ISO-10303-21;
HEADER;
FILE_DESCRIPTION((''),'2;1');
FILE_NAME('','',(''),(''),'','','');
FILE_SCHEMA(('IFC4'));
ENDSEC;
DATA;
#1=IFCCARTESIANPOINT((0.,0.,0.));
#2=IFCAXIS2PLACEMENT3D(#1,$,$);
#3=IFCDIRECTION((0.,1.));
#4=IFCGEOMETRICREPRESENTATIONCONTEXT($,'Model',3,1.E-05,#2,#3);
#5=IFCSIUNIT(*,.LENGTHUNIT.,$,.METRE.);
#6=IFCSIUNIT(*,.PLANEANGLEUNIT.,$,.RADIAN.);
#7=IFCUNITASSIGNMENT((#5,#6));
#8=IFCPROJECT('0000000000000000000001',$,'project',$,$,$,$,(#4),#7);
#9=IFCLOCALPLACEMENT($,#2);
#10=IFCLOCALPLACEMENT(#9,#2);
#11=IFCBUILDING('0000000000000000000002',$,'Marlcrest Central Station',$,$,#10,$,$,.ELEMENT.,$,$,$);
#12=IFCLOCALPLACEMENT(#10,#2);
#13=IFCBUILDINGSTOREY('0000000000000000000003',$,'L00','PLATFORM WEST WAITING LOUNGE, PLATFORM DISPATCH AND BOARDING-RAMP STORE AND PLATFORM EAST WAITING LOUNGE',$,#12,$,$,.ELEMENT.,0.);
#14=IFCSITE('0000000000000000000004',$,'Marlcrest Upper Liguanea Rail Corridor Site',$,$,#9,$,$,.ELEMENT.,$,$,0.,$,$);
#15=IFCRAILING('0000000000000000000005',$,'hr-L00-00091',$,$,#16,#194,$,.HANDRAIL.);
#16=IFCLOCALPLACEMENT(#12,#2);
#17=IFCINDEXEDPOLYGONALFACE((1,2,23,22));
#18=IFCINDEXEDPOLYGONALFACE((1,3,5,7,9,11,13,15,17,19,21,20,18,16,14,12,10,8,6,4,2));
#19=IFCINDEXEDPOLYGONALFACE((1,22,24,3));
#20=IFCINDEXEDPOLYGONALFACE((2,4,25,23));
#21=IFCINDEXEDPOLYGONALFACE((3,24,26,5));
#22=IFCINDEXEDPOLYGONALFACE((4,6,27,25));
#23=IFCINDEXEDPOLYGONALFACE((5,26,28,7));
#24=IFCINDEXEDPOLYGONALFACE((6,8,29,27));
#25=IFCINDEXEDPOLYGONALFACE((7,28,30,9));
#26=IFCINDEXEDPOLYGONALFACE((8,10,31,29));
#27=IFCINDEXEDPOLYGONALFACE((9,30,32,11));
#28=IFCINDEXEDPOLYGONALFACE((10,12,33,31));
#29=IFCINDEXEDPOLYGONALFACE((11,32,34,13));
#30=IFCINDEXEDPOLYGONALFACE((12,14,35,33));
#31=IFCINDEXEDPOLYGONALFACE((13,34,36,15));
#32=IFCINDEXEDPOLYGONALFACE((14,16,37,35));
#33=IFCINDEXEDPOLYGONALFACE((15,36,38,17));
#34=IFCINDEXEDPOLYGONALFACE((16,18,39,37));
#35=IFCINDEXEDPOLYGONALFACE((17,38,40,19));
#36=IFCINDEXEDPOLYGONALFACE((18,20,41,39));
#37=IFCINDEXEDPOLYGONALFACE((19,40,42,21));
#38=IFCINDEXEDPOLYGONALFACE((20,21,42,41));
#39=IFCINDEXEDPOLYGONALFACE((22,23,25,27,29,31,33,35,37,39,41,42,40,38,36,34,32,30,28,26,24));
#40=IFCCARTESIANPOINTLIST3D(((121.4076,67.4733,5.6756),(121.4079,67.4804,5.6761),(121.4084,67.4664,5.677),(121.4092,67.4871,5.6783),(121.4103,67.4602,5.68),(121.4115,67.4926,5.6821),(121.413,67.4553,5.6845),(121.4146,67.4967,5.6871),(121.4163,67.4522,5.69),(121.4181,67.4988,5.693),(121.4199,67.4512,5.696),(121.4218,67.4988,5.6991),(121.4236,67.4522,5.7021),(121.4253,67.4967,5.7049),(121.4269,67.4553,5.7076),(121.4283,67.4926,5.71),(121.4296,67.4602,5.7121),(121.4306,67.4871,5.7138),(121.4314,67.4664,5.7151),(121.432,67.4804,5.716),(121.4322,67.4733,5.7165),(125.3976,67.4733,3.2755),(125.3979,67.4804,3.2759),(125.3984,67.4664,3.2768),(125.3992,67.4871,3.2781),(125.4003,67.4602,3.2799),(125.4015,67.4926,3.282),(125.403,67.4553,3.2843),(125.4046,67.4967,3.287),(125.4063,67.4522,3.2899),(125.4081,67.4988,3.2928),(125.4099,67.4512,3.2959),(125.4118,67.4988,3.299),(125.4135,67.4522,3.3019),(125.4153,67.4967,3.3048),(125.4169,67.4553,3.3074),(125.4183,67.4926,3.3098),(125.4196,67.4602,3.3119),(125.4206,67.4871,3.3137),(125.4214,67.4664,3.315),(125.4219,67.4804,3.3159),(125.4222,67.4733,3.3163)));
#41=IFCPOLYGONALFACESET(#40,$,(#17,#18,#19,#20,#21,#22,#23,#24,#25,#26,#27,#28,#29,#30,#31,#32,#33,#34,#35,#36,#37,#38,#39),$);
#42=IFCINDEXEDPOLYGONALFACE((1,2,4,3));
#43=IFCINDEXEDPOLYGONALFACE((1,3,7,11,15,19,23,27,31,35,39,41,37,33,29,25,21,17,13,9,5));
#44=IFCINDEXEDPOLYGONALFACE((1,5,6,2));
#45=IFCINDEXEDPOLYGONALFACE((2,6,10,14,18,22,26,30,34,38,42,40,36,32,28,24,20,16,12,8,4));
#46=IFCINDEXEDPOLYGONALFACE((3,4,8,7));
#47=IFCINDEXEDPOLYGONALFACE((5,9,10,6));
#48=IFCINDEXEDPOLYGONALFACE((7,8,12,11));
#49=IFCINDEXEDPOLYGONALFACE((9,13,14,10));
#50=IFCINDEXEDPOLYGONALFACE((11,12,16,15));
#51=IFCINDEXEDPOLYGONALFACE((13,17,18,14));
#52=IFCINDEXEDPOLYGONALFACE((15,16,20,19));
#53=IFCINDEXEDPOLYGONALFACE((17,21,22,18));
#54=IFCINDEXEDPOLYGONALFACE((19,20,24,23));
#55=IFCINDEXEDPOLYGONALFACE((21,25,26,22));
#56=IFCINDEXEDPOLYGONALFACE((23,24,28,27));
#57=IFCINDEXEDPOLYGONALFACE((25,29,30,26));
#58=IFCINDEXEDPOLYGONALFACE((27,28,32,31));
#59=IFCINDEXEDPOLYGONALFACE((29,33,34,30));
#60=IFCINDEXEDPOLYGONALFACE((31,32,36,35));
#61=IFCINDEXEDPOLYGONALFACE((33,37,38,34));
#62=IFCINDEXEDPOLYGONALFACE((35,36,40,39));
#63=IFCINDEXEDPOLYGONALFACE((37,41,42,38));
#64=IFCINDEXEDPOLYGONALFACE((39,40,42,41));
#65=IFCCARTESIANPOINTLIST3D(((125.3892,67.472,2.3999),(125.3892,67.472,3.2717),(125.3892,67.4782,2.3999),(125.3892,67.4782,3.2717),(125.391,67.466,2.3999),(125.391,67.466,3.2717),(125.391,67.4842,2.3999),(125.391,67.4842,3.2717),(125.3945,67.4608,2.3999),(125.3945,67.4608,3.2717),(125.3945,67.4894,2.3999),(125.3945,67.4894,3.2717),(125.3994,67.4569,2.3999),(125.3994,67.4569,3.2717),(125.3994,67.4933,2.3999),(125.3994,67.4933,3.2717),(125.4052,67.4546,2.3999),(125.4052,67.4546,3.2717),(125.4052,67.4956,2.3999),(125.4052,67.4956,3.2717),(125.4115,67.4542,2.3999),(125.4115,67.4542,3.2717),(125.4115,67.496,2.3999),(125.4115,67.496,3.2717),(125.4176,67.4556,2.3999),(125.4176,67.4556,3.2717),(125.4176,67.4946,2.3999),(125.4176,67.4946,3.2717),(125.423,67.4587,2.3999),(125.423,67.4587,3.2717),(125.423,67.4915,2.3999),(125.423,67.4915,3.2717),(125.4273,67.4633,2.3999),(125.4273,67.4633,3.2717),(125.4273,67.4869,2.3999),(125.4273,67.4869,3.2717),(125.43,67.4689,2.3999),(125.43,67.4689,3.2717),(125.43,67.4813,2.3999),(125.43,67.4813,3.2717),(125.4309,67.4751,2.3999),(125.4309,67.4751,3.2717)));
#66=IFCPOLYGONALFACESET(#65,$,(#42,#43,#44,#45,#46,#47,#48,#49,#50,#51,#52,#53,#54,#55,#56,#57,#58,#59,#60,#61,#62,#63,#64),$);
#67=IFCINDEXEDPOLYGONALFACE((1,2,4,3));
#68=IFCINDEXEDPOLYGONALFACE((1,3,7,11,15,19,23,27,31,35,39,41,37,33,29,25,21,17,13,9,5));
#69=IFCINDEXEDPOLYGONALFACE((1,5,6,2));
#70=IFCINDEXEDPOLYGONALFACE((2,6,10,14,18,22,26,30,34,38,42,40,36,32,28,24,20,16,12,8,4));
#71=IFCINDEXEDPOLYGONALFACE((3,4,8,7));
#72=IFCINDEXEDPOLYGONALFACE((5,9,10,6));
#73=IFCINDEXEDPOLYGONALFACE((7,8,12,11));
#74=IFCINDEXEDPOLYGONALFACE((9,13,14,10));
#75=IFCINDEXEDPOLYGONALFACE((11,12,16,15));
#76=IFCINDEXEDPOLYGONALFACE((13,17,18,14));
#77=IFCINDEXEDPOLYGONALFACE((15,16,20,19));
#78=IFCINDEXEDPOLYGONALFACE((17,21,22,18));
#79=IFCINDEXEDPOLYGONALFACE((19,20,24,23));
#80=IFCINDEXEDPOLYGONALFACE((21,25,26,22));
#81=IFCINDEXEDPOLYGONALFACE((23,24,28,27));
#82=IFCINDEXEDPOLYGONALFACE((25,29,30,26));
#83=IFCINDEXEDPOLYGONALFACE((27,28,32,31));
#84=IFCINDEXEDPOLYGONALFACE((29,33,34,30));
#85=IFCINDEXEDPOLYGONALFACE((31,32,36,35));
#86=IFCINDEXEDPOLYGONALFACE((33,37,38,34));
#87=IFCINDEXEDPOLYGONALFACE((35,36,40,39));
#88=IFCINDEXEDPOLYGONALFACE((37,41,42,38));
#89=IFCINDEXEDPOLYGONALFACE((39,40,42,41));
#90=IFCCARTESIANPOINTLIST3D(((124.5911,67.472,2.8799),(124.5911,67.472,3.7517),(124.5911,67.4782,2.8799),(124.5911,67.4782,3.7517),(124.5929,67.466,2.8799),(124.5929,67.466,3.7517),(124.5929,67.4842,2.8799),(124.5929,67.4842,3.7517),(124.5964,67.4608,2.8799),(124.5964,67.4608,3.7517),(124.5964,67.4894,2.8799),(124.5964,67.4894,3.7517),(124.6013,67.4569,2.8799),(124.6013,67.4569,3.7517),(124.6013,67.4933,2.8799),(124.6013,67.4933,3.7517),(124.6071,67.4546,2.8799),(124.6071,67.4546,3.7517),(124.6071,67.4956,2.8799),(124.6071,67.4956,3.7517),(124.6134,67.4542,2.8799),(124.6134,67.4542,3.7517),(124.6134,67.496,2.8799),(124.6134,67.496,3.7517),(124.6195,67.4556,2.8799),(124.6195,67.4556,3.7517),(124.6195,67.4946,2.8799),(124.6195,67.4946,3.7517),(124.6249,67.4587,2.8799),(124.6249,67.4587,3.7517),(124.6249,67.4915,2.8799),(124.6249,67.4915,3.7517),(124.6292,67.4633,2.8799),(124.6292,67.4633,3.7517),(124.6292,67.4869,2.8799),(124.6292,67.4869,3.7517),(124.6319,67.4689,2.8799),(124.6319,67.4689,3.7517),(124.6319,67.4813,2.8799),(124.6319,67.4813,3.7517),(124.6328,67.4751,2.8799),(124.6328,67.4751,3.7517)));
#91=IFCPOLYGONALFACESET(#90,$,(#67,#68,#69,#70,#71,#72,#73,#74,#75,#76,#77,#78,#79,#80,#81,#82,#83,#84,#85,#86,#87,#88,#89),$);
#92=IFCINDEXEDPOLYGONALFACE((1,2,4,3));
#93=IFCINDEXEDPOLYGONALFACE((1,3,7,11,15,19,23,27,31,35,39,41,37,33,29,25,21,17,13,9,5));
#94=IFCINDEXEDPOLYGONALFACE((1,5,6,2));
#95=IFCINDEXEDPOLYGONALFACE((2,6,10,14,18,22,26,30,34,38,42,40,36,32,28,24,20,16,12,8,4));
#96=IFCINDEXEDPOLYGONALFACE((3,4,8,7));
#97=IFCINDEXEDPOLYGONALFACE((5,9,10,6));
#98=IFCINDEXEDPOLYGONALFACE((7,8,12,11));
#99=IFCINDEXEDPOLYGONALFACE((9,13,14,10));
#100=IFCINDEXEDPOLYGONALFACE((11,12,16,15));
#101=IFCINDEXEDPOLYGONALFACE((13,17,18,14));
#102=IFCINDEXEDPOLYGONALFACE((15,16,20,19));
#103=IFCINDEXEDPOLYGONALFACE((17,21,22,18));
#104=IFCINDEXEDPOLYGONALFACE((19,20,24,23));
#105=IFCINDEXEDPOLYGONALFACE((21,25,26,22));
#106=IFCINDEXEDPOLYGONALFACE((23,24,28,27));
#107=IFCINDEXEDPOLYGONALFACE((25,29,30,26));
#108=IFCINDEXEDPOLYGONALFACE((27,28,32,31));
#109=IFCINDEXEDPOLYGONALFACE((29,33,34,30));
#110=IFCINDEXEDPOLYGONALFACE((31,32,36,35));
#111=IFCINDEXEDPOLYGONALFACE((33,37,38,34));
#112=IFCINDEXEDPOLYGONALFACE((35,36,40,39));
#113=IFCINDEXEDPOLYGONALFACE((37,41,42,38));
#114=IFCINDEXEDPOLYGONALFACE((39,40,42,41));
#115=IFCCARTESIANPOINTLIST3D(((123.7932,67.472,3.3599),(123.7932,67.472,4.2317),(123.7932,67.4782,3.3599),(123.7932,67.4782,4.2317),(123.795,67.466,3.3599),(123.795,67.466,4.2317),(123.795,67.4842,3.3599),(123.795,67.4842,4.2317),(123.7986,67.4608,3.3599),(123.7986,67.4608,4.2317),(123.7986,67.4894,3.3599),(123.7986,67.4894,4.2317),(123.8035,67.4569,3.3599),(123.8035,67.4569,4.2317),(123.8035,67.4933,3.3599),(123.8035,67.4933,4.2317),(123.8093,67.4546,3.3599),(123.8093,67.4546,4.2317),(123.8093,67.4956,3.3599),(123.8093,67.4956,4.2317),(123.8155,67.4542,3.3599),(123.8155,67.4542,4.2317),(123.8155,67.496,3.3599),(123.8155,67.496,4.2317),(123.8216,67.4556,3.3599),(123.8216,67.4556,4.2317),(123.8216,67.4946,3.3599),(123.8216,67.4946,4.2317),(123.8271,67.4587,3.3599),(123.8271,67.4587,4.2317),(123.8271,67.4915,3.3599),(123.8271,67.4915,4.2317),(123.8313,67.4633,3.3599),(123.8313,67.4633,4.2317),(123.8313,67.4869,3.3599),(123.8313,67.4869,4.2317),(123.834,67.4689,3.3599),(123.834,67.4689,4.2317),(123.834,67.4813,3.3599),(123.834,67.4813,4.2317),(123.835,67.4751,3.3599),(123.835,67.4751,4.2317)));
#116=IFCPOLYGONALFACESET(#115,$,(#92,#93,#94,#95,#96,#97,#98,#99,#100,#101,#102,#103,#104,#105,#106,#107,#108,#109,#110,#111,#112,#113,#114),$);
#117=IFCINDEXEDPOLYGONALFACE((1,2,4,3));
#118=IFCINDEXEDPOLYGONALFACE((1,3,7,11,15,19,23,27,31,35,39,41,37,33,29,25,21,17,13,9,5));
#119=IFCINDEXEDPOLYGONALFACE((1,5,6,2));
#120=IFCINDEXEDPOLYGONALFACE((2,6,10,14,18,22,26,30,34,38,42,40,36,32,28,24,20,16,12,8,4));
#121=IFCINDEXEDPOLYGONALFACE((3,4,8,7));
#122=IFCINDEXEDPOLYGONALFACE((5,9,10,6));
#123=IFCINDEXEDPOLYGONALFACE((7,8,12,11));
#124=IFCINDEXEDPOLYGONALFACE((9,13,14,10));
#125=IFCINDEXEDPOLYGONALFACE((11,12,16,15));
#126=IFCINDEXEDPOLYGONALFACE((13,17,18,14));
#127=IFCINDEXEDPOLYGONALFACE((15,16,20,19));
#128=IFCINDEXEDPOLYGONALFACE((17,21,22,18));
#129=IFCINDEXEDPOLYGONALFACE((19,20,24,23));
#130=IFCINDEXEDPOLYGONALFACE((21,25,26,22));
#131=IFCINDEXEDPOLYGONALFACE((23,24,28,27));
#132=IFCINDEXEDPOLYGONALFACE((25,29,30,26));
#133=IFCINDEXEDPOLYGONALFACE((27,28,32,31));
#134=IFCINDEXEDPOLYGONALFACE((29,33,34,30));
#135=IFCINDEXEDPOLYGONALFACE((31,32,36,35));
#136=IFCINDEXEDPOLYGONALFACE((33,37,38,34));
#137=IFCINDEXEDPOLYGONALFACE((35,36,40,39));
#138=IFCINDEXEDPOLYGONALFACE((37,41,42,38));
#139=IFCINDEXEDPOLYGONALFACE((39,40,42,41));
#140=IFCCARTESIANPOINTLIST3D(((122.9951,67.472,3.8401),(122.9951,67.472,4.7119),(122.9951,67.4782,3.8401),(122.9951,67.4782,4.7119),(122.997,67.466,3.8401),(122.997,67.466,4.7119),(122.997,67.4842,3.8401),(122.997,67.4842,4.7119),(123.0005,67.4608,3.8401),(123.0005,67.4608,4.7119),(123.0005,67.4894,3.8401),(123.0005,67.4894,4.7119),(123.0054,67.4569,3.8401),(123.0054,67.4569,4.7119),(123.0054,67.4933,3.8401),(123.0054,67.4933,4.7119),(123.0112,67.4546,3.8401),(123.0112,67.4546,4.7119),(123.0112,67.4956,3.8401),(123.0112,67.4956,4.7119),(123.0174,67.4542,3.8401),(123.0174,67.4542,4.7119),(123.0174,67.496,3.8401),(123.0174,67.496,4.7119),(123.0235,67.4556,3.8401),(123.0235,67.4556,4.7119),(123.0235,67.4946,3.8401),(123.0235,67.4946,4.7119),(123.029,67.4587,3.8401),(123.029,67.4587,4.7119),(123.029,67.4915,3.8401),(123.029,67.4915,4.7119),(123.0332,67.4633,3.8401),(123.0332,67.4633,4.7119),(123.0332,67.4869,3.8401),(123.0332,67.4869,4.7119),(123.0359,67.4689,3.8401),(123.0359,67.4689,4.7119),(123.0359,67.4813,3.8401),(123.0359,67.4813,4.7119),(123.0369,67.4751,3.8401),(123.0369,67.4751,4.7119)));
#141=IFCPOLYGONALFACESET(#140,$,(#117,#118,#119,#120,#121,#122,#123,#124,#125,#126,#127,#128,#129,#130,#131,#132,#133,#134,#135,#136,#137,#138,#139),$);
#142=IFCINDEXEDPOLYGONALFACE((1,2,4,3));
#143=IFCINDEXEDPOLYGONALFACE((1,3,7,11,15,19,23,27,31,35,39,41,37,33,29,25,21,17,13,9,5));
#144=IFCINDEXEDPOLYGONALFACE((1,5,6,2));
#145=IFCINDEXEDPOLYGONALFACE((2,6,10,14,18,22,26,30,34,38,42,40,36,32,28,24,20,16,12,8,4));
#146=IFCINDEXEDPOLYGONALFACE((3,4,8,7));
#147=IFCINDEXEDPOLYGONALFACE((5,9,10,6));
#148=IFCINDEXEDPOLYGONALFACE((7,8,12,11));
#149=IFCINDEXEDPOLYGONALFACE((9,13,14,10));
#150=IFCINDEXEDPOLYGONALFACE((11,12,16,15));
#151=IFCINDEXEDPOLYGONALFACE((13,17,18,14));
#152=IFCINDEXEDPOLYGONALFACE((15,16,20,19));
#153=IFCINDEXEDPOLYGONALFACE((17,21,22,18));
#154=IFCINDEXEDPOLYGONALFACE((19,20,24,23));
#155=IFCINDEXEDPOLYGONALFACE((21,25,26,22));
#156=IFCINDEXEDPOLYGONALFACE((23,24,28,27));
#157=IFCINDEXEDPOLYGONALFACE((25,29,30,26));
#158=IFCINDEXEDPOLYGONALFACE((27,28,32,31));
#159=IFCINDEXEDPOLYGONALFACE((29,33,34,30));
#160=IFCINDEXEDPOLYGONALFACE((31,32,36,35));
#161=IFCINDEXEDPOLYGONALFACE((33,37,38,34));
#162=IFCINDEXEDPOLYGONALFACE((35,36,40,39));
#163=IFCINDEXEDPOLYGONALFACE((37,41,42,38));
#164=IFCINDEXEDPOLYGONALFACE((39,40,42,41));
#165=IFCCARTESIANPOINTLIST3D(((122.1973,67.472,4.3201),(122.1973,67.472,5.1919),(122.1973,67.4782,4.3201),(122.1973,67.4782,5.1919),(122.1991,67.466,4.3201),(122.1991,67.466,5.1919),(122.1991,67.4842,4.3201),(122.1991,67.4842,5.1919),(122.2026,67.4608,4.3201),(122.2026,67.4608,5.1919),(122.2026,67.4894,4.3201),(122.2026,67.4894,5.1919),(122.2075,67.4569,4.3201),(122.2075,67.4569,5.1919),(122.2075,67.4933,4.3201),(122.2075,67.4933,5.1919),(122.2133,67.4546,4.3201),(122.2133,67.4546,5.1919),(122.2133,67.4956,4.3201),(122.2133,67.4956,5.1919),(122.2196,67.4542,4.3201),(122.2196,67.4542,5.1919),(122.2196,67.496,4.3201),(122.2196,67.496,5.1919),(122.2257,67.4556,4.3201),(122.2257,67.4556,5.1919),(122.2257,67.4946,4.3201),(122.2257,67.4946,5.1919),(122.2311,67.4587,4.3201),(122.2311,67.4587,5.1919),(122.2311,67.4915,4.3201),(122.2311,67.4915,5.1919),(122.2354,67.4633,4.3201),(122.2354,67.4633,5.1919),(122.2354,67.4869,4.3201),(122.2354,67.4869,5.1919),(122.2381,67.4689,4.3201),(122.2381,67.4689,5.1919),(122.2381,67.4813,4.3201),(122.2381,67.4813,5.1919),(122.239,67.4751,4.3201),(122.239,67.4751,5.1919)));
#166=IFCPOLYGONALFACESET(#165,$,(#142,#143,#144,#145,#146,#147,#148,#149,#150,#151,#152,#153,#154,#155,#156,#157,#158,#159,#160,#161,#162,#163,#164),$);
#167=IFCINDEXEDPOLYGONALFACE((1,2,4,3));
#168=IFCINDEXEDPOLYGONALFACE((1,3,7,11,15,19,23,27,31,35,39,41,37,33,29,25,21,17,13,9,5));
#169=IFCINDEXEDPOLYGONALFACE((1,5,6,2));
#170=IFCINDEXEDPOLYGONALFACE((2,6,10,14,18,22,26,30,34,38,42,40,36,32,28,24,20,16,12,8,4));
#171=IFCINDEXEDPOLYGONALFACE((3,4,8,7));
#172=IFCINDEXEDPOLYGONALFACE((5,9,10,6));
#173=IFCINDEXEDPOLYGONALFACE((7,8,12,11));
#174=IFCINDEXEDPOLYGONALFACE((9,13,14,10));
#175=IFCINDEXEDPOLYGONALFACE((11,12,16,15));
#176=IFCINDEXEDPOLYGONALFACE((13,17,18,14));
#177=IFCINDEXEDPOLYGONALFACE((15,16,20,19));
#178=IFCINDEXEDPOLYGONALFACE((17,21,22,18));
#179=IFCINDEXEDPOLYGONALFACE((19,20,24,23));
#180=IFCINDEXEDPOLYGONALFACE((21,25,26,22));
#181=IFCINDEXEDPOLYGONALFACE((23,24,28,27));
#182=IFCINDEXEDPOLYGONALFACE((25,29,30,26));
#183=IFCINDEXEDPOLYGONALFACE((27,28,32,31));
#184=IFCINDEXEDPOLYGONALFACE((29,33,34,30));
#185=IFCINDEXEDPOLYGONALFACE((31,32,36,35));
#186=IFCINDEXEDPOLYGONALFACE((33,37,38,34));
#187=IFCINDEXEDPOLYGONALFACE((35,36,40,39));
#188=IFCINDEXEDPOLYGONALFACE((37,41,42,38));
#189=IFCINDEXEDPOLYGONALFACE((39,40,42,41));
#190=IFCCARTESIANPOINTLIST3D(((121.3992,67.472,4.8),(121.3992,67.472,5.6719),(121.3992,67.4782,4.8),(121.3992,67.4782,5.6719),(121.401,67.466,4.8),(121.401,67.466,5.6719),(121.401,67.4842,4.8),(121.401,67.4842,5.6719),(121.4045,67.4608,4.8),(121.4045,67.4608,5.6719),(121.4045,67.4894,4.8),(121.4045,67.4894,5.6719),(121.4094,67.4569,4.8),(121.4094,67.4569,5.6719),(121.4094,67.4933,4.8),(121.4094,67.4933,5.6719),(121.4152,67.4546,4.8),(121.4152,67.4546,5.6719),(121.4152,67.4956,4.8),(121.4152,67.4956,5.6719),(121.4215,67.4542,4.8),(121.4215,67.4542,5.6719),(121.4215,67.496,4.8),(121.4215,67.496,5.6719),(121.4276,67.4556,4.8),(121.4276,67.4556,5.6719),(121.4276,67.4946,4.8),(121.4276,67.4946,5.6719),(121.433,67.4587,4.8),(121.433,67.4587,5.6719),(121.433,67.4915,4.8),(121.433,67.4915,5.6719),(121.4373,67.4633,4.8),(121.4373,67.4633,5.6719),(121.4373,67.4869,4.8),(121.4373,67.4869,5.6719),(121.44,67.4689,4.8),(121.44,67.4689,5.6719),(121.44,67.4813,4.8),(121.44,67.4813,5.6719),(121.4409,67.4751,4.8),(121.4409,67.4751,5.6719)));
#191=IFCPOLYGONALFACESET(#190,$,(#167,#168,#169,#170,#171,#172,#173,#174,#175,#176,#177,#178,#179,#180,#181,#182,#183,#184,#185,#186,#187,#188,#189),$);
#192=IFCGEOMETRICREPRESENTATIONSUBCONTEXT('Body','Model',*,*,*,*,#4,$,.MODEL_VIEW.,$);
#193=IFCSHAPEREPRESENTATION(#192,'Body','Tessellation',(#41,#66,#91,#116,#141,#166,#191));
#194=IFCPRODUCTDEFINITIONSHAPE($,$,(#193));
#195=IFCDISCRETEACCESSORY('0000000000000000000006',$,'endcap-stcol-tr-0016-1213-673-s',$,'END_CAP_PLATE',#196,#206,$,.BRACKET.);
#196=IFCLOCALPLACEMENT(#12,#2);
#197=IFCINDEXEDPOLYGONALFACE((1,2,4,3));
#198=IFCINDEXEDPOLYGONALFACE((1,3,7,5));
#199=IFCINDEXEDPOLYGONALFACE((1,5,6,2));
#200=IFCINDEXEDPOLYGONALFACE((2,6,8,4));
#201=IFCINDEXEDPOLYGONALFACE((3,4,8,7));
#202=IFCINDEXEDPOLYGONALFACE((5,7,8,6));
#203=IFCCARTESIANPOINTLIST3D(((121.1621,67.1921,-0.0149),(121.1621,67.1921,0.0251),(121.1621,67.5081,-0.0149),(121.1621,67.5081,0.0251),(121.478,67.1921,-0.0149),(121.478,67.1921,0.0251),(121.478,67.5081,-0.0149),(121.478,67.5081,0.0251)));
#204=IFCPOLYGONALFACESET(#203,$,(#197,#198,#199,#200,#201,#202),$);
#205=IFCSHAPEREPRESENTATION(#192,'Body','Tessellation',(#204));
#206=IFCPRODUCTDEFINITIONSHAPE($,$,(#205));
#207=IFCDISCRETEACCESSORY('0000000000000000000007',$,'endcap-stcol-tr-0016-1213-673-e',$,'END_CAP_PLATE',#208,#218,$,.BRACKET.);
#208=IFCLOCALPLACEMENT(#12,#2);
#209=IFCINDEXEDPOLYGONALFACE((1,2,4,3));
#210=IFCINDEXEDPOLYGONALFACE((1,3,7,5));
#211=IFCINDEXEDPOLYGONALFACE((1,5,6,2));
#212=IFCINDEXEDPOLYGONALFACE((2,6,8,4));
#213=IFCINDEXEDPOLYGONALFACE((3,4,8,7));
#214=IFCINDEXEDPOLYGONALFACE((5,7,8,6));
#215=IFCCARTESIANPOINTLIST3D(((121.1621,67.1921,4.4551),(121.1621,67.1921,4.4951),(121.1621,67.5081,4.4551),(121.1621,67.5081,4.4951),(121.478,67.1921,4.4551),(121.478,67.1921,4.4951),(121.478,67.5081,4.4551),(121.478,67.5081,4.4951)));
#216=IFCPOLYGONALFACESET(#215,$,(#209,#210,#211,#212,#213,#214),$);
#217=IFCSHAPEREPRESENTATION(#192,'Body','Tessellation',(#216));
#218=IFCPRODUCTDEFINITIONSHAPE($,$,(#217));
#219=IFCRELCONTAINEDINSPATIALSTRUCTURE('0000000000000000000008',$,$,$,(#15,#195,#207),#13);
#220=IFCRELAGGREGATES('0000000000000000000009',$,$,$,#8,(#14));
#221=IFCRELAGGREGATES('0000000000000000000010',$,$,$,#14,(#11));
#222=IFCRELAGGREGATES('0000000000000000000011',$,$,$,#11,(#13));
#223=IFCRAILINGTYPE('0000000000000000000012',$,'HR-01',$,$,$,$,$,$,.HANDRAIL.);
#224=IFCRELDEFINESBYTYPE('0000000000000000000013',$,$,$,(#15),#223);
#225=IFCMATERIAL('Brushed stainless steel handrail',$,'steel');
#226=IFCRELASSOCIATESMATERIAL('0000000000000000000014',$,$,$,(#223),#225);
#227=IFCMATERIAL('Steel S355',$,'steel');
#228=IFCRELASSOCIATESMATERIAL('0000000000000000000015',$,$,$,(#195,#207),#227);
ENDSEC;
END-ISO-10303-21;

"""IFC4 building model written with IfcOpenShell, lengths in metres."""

from ifc_helpers import new_model, si_unit, direction, frame, origin, origin_2d, place, context, subcontext, project, spatial, rectangle, circle, extrude, material, type_object, element, save


model = new_model("IFC4")

# Units and contexts
model_context = context("Model", 3, precision=1e-05, world=origin(), true_north=direction((0.0, 1.0)))
body_context = subcontext(model_context, "Body", "Model", "MODEL_VIEW")
ifc_project = project(units=[si_unit("LENGTHUNIT", "METRE"), si_unit("PLANEANGLEUNIT", "RADIAN")], contexts=[model_context])

# Site, building, storey
site_placement = place(None, origin())
site = spatial("IfcSite", under=ifc_project, at=site_placement, Name="Marlcrest Upper Liguanea Rail Corridor Site", CompositionType="ELEMENT", RefElevation=0.0)
building_placement = place(site_placement, origin())
building = spatial("IfcBuilding", under=site, at=building_placement, Name="Marlcrest Central Station", CompositionType="ELEMENT")
storey_placement = place(building_placement, origin())
storey = spatial("IfcBuildingStorey", under=building, at=storey_placement, Name="L00", Description="PLATFORM WEST WAITING LOUNGE, PLATFORM DISPATCH AND BOARDING-RAMP STORE AND PLATFORM EAST WAITING LOUNGE", CompositionType="ELEMENT", Elevation=0.0)

# Shared definitions
ifc_material_1 = material(Name="Steel S355", Category="steel")

# Railing
ifc_material_2 = material(Name="Brushed stainless steel handrail", Category="steel")
railing_type_1 = type_object("IfcRailingType", Name="HR-01", PredefinedType="HANDRAIL", material=ifc_material_2)
railing_1_placement = place(storey_placement, frame((125.4099, 67.4751, 2.3999)))
element("IfcRailing", 1, at=railing_1_placement, inside=storey, type_object=railing_type_1, Name="hr-L00-00091", PredefinedType="HANDRAIL", context=body_context, shape_type="SweptSolid", body=[
    extrude(circle(Radius=0.0239, at=origin_2d()), frame((0.0, 0.0, 0.896), z_axis=(-0.856909, 0.0, 0.515467), x_axis=(0.0, -1.0, 0.0)), (0.0, 0.0, 1.0), 4.6562),
    extrude(circle(Radius=0.021, at=origin_2d()), origin(), (0.0, 0.0, 1.0), 0.8718),
    extrude(circle(Radius=0.021, at=origin_2d()), frame((-0.7981, 0.0, 0.48)), (0.0, 0.0, 1.0), 0.8718),
    extrude(circle(Radius=0.021, at=origin_2d()), frame((-1.5959, 0.0, 0.96)), (0.0, 0.0, 1.0), 0.8718),
    extrude(circle(Radius=0.021, at=origin_2d()), frame((-2.394, 0.0, 1.4402)), (0.0, 0.0, 1.0), 0.8718),
    extrude(circle(Radius=0.021, at=origin_2d()), frame((-3.1919, 0.0, 1.9202)), (0.0, 0.0, 1.0), 0.8718),
    extrude(circle(Radius=0.021, at=origin_2d()), frame((-3.99, 0.0, 2.4001)), (0.0, 0.0, 1.0), 0.8718),
])

# Discrete accessories
for number, where, z_axis, x_axis, name in (
    (2, (121.3201, 67.3501, -0.0149), (0.0, 0.0, 1.0), (1.0, 0.0, 0.0), "endcap-stcol-tr-0016-1213-673-s"),
    (3, (121.3201, 67.3501, 4.4551), (0.0, 0.0, 1.0), (1.0, 0.0, 0.0), "endcap-stcol-tr-0016-1213-673-e"),
):
    element("IfcDiscreteAccessory", number, at=place(storey_placement, frame(where, z_axis=z_axis, x_axis=x_axis)), inside=storey, material=ifc_material_1, Name=name, ObjectType="END_CAP_PLATE", PredefinedType="BRACKET", context=body_context, shape_type="SweptSolid", body=[
        extrude(rectangle(XDim=0.3159, YDim=0.3159, at=origin_2d()), origin(), (0.0, 0.0, 1.0), 0.04),
    ])

save(model, "model.ifc")
